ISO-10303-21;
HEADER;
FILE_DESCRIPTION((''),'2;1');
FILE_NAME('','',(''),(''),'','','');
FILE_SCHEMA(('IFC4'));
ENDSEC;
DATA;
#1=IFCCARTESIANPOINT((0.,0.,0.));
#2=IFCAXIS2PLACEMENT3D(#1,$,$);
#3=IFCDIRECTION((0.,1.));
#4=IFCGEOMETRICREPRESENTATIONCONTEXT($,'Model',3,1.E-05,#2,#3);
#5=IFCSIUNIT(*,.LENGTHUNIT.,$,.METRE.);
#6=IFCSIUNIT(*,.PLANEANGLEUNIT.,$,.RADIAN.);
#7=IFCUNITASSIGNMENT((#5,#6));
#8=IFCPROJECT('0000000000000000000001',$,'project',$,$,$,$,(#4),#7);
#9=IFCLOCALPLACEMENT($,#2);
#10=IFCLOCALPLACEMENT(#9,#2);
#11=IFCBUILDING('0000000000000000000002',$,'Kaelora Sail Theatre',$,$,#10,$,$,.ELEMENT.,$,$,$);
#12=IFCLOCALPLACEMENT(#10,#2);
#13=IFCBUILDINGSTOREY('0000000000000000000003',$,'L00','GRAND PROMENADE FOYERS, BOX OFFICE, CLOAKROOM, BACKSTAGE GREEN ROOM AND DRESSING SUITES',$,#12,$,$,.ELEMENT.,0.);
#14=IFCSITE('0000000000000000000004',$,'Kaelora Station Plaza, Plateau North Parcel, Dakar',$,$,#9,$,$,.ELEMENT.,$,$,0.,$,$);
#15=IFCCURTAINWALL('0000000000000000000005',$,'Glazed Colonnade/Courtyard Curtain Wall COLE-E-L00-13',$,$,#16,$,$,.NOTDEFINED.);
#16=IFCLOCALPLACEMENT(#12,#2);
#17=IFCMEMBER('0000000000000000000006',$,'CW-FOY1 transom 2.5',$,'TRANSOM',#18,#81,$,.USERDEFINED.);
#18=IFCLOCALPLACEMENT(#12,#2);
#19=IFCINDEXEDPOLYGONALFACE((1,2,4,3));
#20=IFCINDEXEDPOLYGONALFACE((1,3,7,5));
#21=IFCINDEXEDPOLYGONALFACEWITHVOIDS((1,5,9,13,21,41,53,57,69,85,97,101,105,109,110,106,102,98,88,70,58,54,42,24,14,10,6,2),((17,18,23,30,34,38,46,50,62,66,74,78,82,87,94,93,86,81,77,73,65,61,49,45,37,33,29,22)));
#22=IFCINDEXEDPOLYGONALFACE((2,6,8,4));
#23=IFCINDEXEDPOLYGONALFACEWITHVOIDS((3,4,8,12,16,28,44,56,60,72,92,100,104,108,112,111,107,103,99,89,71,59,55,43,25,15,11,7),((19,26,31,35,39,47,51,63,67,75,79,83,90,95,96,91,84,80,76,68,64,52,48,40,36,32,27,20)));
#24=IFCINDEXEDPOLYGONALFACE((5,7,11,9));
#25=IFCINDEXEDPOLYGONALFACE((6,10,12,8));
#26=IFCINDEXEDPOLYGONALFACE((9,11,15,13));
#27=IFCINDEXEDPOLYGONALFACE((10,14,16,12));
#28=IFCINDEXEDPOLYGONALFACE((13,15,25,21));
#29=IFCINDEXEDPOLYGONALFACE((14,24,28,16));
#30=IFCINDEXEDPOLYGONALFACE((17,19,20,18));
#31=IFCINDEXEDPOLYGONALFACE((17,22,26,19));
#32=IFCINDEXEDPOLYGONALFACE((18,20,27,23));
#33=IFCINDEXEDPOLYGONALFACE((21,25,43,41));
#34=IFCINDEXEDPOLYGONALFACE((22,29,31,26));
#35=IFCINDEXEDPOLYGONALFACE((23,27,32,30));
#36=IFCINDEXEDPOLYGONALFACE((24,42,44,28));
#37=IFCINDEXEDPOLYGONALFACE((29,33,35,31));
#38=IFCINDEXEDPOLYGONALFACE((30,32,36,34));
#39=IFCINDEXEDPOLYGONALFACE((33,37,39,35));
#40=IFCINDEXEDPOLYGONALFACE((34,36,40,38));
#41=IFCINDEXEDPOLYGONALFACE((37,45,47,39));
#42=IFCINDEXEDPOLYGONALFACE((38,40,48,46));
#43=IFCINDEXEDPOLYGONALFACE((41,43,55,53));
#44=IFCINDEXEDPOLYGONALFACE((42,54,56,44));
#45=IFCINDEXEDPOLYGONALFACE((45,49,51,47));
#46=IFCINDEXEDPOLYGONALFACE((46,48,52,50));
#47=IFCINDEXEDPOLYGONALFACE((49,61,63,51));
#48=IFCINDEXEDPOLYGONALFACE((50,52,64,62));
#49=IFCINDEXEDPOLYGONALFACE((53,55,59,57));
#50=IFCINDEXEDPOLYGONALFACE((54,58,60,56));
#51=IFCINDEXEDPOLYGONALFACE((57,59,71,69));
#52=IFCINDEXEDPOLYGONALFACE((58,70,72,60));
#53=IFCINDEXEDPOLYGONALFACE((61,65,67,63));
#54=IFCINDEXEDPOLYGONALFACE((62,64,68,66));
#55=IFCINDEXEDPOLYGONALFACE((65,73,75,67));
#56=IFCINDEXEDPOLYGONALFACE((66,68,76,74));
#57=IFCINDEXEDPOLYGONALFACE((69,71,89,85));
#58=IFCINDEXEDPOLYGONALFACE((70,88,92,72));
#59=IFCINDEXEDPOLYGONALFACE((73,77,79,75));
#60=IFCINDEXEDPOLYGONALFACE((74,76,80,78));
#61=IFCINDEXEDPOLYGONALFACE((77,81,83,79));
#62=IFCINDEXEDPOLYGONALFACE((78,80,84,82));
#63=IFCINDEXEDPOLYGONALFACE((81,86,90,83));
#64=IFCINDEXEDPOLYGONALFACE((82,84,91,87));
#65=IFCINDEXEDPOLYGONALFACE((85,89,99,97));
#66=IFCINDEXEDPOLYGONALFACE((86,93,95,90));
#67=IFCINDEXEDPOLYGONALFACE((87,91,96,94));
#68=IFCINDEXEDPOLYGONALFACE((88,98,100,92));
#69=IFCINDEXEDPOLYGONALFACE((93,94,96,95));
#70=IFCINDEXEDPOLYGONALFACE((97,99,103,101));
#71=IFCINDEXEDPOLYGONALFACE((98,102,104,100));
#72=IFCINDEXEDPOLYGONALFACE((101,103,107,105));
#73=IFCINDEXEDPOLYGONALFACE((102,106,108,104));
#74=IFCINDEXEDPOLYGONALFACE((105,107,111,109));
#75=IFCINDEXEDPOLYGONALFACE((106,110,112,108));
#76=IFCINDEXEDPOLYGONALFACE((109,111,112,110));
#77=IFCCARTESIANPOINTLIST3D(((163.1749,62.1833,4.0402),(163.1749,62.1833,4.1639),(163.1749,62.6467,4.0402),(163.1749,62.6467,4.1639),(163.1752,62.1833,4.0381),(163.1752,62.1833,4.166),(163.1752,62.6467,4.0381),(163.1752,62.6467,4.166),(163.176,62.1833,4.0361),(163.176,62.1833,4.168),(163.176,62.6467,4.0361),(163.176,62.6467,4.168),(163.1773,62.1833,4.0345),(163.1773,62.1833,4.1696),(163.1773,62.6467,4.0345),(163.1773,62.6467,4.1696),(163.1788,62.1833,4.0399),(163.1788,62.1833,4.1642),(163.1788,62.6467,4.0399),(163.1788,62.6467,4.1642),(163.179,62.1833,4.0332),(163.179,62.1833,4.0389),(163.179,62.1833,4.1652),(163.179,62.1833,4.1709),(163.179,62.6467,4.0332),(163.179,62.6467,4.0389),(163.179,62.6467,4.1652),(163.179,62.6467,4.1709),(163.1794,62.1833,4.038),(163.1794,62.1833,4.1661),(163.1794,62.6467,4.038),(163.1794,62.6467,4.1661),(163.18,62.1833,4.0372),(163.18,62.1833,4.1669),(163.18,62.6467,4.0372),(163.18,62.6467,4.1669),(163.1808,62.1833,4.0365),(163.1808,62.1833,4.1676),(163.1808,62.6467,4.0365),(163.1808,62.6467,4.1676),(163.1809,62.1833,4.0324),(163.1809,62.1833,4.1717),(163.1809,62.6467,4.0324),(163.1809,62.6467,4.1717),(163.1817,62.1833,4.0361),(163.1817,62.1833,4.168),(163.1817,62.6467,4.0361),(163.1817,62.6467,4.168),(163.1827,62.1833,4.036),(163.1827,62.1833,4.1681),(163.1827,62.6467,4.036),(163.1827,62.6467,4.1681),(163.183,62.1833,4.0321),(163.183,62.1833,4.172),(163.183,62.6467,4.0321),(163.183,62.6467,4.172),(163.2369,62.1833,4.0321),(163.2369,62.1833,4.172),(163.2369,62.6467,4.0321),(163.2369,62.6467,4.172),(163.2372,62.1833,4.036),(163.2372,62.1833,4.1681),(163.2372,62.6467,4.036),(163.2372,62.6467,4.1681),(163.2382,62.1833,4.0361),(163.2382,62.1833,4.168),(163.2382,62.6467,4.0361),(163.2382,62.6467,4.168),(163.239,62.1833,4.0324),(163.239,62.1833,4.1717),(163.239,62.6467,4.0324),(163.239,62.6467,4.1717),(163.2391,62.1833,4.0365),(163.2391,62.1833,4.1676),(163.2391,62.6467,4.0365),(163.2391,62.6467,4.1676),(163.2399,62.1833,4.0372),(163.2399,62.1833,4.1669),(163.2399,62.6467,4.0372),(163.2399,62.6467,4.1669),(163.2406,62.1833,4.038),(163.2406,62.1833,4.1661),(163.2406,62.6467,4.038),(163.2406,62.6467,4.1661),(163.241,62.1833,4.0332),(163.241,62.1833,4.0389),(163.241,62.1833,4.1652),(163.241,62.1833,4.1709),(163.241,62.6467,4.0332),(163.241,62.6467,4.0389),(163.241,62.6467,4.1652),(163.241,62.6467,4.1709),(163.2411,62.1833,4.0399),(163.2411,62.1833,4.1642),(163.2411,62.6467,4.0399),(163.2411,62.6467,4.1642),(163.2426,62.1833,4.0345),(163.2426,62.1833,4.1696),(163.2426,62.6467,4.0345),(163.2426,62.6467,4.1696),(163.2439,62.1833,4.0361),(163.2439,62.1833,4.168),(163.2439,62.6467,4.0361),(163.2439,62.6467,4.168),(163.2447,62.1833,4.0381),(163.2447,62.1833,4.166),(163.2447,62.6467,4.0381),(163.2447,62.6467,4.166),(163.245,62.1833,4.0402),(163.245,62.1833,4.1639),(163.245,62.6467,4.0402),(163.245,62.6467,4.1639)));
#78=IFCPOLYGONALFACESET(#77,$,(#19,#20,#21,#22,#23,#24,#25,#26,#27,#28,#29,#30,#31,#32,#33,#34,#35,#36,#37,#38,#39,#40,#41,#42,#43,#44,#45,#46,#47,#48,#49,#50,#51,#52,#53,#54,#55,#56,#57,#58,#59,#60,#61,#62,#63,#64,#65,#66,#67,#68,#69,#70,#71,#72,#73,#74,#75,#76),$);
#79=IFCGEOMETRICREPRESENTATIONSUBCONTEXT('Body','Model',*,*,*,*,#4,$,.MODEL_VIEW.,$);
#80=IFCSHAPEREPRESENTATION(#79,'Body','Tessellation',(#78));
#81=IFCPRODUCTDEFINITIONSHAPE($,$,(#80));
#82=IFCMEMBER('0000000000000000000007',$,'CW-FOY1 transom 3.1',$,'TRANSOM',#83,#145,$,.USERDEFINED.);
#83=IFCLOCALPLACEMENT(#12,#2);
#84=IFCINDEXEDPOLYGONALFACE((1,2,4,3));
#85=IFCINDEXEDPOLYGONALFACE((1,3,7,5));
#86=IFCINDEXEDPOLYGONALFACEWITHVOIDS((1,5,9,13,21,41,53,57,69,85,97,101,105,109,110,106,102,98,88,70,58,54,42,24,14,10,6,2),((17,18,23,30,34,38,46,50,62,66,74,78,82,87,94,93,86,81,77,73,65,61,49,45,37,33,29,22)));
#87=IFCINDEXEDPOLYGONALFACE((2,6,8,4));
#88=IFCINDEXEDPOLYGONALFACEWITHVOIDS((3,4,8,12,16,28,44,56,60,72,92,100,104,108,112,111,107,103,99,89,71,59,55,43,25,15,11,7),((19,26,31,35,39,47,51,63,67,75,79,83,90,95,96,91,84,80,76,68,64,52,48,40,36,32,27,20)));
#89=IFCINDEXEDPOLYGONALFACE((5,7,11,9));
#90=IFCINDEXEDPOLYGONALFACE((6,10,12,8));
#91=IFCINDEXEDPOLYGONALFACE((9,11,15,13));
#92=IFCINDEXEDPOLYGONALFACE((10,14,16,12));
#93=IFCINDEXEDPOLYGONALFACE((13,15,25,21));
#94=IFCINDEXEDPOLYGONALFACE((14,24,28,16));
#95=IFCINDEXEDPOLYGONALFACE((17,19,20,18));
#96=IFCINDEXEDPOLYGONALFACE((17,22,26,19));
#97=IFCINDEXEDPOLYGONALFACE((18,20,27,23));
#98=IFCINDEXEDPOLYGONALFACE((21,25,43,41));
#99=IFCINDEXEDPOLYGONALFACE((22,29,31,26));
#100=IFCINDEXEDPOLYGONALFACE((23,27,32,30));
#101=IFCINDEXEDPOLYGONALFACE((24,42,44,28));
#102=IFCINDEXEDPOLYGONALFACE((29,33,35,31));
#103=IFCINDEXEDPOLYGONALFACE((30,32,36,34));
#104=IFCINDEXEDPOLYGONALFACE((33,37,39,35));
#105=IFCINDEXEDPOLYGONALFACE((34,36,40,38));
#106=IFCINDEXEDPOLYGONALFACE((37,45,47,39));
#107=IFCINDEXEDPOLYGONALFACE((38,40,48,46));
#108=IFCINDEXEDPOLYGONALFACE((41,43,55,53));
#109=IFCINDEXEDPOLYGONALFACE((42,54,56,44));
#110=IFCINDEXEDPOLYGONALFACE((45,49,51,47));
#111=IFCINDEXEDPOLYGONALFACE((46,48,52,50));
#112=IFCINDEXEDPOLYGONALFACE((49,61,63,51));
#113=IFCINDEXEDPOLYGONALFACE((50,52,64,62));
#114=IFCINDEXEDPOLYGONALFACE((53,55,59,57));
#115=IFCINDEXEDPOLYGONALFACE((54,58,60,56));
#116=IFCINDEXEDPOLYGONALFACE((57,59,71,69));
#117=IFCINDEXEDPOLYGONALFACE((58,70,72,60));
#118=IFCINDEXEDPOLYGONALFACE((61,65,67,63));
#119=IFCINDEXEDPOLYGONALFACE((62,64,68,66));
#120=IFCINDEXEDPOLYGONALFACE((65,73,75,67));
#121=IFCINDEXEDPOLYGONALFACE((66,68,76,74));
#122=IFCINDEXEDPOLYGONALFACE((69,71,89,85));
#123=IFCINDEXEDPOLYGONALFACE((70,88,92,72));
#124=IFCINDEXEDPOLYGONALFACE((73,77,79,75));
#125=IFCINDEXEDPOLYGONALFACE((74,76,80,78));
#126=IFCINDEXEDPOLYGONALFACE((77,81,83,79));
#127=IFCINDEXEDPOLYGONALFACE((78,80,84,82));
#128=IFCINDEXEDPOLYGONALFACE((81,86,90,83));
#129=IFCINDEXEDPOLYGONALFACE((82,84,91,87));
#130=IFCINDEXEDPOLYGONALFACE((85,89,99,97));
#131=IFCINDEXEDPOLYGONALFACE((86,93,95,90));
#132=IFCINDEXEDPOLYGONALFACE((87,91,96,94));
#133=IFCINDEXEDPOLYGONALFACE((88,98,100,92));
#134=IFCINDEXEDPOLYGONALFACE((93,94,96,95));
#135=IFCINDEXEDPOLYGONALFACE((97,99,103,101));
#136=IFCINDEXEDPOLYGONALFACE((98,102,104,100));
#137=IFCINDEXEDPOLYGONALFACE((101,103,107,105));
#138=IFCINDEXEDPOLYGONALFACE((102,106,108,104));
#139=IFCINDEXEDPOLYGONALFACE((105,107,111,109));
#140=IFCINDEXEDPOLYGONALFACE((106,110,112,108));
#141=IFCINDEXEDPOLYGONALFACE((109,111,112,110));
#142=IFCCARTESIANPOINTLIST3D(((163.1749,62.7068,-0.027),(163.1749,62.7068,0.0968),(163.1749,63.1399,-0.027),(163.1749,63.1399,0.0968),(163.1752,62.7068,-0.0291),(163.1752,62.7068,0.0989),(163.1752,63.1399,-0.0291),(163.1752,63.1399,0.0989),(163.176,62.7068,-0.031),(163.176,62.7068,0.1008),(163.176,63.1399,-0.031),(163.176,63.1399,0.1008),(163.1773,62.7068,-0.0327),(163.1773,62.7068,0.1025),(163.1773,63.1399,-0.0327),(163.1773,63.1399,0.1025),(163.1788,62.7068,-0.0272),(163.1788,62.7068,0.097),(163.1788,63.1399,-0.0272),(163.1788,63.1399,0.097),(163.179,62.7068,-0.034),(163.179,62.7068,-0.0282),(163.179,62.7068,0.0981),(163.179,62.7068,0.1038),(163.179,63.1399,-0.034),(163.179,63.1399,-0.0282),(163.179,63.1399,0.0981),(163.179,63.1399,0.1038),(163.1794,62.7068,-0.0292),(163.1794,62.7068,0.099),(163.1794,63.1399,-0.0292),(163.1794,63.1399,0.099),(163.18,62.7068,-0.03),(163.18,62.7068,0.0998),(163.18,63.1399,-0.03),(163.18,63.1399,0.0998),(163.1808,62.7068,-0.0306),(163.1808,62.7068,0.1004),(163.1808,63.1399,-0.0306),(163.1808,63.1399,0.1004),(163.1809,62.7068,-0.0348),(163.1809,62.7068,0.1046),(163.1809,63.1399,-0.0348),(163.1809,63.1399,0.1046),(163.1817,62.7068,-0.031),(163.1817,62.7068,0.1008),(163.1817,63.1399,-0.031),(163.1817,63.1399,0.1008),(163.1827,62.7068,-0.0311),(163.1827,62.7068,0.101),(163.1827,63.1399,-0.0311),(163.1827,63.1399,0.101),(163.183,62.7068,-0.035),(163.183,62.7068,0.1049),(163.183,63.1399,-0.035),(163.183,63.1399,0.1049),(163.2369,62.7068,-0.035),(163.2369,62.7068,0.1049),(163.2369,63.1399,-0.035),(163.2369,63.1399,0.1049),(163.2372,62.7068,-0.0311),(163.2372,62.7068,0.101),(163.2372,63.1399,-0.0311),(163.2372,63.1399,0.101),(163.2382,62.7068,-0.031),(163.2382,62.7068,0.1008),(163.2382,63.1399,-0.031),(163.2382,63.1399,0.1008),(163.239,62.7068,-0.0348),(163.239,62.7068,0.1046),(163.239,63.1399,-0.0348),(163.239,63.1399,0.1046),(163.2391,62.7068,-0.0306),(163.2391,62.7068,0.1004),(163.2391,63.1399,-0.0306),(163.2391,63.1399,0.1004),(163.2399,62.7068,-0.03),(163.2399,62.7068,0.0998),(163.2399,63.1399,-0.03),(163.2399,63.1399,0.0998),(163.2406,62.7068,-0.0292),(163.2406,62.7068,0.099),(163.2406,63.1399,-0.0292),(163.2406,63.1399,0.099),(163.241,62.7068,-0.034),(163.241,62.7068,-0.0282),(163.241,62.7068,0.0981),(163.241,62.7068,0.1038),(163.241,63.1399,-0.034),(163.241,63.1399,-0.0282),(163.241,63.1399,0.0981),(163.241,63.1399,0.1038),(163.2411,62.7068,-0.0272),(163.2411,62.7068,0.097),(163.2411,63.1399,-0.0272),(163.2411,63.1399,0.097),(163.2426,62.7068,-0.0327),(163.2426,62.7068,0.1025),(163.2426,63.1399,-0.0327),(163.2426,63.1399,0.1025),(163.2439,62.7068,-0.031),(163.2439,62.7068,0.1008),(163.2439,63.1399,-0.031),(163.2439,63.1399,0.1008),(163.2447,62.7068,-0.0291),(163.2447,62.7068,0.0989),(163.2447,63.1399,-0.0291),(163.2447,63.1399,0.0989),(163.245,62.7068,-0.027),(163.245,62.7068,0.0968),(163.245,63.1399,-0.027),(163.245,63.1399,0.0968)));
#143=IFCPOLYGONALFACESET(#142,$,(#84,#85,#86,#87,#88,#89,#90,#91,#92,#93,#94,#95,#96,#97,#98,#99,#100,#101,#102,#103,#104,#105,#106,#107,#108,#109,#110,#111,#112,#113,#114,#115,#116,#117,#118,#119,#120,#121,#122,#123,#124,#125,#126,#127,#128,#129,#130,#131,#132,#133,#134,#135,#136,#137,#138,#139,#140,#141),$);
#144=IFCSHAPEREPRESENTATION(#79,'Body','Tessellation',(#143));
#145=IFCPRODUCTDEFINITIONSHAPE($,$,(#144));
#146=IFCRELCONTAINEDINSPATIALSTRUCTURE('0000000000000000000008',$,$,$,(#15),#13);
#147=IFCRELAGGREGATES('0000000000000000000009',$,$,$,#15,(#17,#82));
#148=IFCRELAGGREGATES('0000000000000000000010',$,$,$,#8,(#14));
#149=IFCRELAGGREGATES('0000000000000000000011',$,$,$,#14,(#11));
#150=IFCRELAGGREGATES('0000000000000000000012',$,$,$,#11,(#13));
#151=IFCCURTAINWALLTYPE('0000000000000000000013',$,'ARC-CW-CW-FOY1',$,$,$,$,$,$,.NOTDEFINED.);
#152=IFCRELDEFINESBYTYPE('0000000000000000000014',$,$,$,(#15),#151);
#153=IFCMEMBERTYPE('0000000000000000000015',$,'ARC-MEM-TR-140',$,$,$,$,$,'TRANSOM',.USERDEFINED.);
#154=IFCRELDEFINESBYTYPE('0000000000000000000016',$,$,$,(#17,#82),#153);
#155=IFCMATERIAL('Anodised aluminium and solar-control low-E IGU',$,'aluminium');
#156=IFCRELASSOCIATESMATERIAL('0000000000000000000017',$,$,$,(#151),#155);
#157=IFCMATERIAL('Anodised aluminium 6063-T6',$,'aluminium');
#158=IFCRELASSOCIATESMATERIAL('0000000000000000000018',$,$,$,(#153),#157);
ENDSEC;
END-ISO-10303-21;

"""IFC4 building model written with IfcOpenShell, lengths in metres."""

from ifc_helpers import new_model, si_unit, direction, frame, origin, origin_2d, place, context, subcontext, project, spatial, hollow_rectangle, extrude, material, material_profile, profile_set, type_object, element, aggregate, save


model = new_model("IFC4")

# Units and contexts
model_context = context("Model", 3, precision=1e-05, world=origin(), true_north=direction((0.0, 1.0)))
body_context = subcontext(model_context, "Body", "Model", "MODEL_VIEW")
ifc_project = project(units=[si_unit("LENGTHUNIT", "METRE"), si_unit("PLANEANGLEUNIT", "RADIAN")], contexts=[model_context])

# Site, building, storey
site_placement = place(None, origin())
site = spatial("IfcSite", under=ifc_project, at=site_placement, Name="Kaelora Station Plaza, Plateau North Parcel, Dakar", CompositionType="ELEMENT", RefElevation=0.0)
building_placement = place(site_placement, origin())
building = spatial("IfcBuilding", under=site, at=building_placement, Name="Kaelora Sail Theatre", CompositionType="ELEMENT")
storey_placement = place(building_placement, origin())
storey = spatial("IfcBuildingStorey", under=building, at=storey_placement, Name="L00", Description="GRAND PROMENADE FOYERS, BOX OFFICE, CLOAKROOM, BACKSTAGE GREEN ROOM AND DRESSING SUITES", CompositionType="ELEMENT", Elevation=0.0)

# Curtain wall
ifc_material_1 = material(Name="Anodised aluminium and solar-control low-E IGU", Category="aluminium")
curtain_wall_type = type_object("IfcCurtainWallType", Name="ARC-CW-CW-FOY1", PredefinedType="NOTDEFINED", material=ifc_material_1)
curtain_wall_1_placement = place(storey_placement, origin())
curtain_wall_1 = element("IfcCurtainWall", 1, at=curtain_wall_1_placement, inside=storey, type_object=curtain_wall_type, Name="Glazed Colonnade/Courtyard Curtain Wall COLE-E-L00-13", PredefinedType="NOTDEFINED")

# Members
ifc_material_2 = material(Name="Anodised aluminium 6063-T6", Category="aluminium")
ifc_material_profile_1 = material_profile(ifc_material_2, hollow_rectangle(XDim=0.0701, YDim=0.1399, WallThickness=0.0039, InnerFilletRadius=0.0039, OuterFilletRadius=0.0081, at=origin_2d()), Name="ALU-TRAN 70x140x4")
ifc_profile_set_1 = profile_set([ifc_material_profile_1], Name="Anodised aluminium 6063-T6")
member_type_1 = type_object("IfcMemberType", Name="ARC-MEM-TR-140", ElementType="TRANSOM", PredefinedType="USERDEFINED", material=ifc_profile_set_1)
member_1_placement = place(storey_placement, frame((163.21, 62.1833, 4.1021), z_axis=(0.0, 1.0, 0.0), x_axis=(-1.0, 0.0, 0.0)))
member_1 = element("IfcMember", 2, at=member_1_placement, type_object=member_type_1, Name="CW-FOY1 transom 2.5", ObjectType="TRANSOM", PredefinedType="USERDEFINED", context=body_context, shape_type="SweptSolid", body=[
    extrude(hollow_rectangle(XDim=0.0701, YDim=0.1399, WallThickness=0.0039, InnerFilletRadius=0.0039, OuterFilletRadius=0.0081, at=origin_2d()), origin(), (0.0, 0.0, 1.0), 0.4634),
])
member_2_placement = place(storey_placement, frame((163.21, 62.7068, 0.0349), z_axis=(0.0, 1.0, 0.0), x_axis=(-1.0, 0.0, 0.0)))
member_2 = element("IfcMember", 3, at=member_2_placement, type_object=member_type_1, Name="CW-FOY1 transom 3.1", ObjectType="TRANSOM", PredefinedType="USERDEFINED", context=body_context, shape_type="SweptSolid", body=[
    extrude(hollow_rectangle(XDim=0.0701, YDim=0.1399, WallThickness=0.0039, InnerFilletRadius=0.0039, OuterFilletRadius=0.0081, at=origin_2d()), origin(), (0.0, 0.0, 1.0), 0.4331),
])

aggregate(curtain_wall_1, [member_1, member_2])

save(model, "model.ifc")
